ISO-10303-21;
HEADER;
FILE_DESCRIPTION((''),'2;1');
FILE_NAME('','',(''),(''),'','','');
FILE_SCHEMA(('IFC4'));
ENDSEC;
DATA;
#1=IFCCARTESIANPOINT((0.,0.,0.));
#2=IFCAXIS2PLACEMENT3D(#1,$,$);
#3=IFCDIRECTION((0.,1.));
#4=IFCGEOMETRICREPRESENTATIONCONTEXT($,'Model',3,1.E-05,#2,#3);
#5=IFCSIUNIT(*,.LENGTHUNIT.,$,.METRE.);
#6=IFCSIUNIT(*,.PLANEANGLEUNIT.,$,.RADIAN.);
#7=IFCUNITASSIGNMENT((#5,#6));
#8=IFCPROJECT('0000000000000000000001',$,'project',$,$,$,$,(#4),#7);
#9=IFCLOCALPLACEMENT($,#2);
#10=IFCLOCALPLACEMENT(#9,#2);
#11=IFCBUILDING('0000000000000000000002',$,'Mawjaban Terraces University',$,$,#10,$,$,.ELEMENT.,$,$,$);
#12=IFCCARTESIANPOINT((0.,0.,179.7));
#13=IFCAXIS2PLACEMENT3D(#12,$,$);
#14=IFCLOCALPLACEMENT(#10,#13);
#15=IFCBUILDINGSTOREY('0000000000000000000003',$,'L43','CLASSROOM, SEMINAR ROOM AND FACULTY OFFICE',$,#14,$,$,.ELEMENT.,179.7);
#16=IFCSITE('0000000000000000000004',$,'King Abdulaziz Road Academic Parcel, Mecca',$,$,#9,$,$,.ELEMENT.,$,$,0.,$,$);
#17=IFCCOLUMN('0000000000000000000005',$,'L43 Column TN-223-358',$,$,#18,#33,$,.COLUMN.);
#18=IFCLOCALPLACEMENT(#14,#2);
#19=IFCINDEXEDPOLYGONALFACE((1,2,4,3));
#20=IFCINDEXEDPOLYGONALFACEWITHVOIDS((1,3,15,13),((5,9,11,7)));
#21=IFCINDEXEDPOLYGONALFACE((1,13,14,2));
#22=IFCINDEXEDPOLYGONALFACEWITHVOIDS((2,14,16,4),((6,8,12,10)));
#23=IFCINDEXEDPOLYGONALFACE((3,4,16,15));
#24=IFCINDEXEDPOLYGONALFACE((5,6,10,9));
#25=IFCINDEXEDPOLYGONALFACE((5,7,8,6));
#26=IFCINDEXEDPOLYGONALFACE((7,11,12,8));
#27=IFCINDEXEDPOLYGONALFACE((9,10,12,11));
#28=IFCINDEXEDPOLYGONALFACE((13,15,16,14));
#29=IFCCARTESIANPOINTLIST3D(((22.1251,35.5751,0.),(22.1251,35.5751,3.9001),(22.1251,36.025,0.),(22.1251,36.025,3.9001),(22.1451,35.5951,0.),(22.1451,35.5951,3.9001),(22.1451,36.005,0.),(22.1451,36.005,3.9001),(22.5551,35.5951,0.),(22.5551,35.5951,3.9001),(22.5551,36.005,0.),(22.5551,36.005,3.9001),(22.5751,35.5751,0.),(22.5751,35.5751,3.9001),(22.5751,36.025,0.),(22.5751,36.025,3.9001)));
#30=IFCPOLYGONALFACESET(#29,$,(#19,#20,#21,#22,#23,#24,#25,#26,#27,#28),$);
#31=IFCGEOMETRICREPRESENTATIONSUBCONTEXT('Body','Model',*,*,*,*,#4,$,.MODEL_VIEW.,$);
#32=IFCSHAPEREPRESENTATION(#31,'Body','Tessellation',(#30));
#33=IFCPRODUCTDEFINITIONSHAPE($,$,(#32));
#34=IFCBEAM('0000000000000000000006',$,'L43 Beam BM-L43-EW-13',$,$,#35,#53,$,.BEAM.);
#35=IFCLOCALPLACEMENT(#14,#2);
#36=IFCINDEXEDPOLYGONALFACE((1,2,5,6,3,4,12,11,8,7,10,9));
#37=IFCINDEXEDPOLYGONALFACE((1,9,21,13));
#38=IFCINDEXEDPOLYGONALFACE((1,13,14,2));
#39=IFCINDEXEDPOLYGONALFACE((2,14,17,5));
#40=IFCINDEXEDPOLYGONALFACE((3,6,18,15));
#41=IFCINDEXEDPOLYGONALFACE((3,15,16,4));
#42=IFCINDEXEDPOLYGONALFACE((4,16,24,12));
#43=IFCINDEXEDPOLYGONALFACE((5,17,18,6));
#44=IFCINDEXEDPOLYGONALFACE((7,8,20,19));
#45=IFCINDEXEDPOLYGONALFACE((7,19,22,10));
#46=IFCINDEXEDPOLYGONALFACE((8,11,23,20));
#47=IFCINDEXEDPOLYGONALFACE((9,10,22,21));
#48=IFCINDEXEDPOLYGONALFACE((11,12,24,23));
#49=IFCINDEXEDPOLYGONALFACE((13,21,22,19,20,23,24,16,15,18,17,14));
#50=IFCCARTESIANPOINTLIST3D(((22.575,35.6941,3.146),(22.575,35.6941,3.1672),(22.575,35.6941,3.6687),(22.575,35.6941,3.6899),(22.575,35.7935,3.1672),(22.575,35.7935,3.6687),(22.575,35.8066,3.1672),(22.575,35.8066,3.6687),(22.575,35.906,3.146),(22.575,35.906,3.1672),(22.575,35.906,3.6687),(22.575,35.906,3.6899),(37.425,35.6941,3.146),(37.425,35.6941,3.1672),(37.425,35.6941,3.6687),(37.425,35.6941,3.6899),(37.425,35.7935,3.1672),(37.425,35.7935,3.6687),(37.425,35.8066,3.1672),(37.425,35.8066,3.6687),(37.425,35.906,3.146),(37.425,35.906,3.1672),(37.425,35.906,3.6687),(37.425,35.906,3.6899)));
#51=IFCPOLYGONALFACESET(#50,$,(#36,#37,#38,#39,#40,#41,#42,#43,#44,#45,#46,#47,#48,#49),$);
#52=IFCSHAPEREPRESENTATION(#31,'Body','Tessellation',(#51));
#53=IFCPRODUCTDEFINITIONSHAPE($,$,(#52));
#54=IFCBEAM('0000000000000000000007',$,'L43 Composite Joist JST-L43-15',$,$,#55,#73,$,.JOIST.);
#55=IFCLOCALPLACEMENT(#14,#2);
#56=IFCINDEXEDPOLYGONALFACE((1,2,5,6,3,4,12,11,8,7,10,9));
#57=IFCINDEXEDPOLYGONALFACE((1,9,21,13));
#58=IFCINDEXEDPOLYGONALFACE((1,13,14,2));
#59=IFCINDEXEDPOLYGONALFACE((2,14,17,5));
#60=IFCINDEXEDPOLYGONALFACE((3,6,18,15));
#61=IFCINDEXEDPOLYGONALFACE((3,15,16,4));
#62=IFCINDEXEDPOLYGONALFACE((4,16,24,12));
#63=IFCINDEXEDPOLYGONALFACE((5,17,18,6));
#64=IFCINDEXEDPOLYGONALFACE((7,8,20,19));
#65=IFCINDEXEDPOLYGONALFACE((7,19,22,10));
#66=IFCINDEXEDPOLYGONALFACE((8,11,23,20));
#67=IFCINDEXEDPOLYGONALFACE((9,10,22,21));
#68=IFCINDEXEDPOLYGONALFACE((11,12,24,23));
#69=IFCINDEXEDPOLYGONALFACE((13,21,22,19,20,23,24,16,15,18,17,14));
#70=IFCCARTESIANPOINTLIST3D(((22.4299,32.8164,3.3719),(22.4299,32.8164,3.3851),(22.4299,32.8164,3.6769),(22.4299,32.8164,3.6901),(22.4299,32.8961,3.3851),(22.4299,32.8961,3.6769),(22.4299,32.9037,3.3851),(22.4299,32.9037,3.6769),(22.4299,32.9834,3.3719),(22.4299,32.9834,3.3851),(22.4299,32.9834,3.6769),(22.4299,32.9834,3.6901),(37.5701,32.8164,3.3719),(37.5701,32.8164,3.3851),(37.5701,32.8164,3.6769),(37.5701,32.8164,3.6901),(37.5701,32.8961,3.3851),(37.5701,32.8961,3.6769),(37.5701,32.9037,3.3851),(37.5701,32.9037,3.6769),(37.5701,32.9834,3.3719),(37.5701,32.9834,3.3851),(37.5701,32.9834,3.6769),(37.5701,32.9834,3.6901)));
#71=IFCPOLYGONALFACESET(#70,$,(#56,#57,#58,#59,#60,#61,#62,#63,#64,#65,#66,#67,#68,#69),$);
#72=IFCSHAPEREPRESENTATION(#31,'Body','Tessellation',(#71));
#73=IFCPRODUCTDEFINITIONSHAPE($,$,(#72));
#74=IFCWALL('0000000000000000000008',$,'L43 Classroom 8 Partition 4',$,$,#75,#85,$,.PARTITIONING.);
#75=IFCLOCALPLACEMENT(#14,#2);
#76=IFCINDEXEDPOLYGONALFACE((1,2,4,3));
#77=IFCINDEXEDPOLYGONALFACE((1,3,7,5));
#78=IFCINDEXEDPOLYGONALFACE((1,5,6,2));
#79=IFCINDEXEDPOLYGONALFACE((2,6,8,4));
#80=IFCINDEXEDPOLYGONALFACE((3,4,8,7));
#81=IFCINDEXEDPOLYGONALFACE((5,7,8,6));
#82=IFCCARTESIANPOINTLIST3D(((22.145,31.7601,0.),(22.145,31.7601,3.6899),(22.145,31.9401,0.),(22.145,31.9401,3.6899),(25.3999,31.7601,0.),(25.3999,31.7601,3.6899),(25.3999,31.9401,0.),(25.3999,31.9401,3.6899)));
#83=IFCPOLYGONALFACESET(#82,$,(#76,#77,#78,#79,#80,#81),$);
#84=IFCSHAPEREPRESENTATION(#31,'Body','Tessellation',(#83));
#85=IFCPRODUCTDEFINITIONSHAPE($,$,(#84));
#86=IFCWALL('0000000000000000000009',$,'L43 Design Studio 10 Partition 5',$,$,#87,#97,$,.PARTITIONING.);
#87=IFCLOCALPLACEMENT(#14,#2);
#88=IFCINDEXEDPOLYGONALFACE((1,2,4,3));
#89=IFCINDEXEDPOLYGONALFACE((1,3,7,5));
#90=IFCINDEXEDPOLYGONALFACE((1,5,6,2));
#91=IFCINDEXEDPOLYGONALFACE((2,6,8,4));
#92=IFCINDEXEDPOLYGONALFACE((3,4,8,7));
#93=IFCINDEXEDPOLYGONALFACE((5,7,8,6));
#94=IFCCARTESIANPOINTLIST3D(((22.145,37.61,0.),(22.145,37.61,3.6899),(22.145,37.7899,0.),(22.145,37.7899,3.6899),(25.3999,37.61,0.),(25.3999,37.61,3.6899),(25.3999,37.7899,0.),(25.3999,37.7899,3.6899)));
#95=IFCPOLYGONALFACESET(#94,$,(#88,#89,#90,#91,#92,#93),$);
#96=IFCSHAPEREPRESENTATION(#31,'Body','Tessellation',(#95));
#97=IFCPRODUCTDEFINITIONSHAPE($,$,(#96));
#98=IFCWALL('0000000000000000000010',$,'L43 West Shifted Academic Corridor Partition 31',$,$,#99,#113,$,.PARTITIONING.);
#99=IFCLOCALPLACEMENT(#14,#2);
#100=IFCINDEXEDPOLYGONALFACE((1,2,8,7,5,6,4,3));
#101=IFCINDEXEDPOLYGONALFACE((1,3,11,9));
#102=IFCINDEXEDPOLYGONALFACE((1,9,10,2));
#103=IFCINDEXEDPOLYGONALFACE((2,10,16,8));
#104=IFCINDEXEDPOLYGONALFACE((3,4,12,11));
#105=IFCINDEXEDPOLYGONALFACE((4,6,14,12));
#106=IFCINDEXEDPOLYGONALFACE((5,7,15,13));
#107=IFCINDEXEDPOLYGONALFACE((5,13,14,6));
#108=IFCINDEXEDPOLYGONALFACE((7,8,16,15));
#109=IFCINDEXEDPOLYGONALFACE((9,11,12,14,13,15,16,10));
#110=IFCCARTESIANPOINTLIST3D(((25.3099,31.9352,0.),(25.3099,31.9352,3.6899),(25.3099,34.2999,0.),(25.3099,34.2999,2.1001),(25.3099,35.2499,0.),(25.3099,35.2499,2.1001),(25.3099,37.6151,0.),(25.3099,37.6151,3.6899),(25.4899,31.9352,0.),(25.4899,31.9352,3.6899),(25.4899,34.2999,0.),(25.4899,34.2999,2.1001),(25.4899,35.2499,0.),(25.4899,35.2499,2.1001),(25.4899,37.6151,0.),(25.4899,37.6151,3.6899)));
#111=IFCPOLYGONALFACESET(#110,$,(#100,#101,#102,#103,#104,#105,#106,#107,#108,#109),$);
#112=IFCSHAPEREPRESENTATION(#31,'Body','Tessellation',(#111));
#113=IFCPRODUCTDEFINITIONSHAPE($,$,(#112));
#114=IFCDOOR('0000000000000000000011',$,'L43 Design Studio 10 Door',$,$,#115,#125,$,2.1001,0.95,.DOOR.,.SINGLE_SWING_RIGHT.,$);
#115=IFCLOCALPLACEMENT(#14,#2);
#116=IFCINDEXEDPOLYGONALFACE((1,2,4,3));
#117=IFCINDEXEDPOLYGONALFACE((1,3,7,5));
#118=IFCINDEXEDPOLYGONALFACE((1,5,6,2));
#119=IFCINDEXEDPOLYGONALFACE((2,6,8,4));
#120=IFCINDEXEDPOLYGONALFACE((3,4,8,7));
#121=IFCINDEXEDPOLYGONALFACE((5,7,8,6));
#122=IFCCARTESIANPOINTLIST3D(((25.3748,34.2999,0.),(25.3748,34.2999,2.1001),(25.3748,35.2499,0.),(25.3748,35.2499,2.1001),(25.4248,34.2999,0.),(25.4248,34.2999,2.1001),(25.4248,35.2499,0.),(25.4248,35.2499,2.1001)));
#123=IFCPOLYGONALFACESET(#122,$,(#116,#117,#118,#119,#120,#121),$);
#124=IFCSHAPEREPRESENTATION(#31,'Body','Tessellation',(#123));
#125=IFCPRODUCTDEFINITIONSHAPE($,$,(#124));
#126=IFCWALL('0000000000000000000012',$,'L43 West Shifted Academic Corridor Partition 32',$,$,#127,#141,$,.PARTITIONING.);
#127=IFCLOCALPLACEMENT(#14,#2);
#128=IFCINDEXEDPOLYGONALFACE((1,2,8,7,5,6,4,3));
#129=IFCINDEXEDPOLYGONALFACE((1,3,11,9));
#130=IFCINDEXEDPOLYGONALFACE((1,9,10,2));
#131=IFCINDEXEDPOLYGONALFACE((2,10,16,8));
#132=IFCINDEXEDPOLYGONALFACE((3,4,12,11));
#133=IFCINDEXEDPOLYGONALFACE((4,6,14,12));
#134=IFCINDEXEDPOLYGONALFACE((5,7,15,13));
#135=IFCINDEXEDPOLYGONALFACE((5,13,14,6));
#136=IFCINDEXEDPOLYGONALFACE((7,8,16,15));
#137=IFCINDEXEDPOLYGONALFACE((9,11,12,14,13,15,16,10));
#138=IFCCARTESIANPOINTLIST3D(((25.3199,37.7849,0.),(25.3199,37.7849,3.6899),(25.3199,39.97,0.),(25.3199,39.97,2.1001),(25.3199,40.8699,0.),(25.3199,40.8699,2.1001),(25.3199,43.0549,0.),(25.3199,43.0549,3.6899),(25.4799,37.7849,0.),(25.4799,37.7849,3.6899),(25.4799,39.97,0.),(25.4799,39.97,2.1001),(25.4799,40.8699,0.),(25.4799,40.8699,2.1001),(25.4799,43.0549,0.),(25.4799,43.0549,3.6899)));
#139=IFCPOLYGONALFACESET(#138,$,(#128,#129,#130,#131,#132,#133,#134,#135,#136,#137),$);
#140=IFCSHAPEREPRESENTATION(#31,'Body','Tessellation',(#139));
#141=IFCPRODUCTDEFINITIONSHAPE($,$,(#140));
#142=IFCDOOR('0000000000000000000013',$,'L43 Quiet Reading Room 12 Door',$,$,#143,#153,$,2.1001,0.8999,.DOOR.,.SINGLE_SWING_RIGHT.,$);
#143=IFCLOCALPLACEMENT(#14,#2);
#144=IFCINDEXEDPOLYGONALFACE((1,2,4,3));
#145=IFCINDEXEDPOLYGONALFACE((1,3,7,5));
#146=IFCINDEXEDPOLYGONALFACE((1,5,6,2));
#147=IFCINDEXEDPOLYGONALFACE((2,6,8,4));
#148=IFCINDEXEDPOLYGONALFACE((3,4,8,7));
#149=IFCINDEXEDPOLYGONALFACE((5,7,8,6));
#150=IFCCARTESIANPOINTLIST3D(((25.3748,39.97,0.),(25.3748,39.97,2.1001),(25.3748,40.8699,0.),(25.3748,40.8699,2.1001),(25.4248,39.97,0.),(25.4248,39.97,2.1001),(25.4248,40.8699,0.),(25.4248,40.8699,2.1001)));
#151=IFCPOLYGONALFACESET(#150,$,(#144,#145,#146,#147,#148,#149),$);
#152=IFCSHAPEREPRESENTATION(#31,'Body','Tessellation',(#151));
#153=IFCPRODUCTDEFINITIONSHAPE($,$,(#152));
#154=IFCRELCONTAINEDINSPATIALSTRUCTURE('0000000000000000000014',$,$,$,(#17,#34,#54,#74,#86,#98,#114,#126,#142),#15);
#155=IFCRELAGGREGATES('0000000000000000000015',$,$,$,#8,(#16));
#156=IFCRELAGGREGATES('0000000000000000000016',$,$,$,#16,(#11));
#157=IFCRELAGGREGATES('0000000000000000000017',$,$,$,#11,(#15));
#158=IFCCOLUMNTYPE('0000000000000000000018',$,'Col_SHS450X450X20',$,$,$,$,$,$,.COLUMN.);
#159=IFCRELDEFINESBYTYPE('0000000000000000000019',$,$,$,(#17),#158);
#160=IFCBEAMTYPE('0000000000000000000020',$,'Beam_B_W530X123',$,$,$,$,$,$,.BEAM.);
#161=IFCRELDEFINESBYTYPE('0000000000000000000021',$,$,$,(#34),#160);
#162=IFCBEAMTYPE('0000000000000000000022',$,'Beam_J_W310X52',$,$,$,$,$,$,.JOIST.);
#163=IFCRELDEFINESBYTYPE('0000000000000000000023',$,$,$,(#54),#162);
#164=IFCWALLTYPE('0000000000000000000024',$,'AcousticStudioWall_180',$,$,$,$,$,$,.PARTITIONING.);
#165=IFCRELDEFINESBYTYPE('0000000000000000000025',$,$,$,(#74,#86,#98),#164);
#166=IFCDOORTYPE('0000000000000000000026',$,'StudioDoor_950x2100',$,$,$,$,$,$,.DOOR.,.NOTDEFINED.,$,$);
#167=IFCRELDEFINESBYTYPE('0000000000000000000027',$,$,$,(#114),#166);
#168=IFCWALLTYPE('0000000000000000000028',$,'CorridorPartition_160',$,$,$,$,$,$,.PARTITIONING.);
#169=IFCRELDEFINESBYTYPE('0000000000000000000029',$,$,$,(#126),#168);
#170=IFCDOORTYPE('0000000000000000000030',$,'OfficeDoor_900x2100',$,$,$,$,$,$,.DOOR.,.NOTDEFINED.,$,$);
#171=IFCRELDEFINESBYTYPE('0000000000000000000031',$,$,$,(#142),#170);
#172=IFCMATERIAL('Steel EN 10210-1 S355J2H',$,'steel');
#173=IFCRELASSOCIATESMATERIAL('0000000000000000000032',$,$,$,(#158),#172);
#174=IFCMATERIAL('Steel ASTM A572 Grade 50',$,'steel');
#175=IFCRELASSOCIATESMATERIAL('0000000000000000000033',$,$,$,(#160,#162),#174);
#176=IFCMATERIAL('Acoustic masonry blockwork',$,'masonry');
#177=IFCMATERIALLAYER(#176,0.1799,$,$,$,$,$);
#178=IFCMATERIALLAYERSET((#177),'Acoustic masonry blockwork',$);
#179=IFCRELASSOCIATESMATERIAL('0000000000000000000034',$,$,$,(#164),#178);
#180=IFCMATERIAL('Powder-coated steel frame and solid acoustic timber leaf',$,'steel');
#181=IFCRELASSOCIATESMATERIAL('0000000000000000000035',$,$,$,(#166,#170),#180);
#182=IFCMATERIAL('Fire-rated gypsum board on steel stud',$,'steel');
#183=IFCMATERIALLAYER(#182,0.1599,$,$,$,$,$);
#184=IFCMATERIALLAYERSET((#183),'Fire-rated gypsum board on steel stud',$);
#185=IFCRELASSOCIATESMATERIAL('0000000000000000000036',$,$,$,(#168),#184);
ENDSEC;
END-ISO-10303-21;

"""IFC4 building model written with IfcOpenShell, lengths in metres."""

from ifc_helpers import new_model, si_unit, direction, frame, frame_2d, origin, origin_2d, place, context, subcontext, project, spatial, rectangle, hollow_rectangle, i_section, extrude, material, layer, layer_set, material_profile, profile_set, type_object, element, fill, save


model = new_model("IFC4")

# Units and contexts
model_context = context("Model", 3, precision=1e-05, world=origin(), true_north=direction((0.0, 1.0)))
body_context = subcontext(model_context, "Body", "Model", "MODEL_VIEW")
ifc_project = project(units=[si_unit("LENGTHUNIT", "METRE"), si_unit("PLANEANGLEUNIT", "RADIAN")], contexts=[model_context])

# Site, building, storey
site_placement = place(None, origin())
site = spatial("IfcSite", under=ifc_project, at=site_placement, Name="King Abdulaziz Road Academic Parcel, Mecca", CompositionType="ELEMENT", RefElevation=0.0)
building_placement = place(site_placement, origin())
building = spatial("IfcBuilding", under=site, at=building_placement, Name="Mawjaban Terraces University", CompositionType="ELEMENT")
storey_placement = place(building_placement, frame((0.0, 0.0, 179.7)))
storey = spatial("IfcBuildingStorey", under=building, at=storey_placement, Name="L43", Description="CLASSROOM, SEMINAR ROOM AND FACULTY OFFICE", CompositionType="ELEMENT", Elevation=179.7)

# Column
ifc_material_1 = material(Name="Steel EN 10210-1 S355J2H", Category="steel")
ifc_material_profile_1 = material_profile(ifc_material_1, hollow_rectangle(XDim=0.45, YDim=0.45, WallThickness=0.02, at=origin_2d()), Name="SHS450X450X20")
ifc_profile_set_1 = profile_set([ifc_material_profile_1], Name="Steel EN 10210-1 S355J2H")
column_type = type_object("IfcColumnType", Name="Col_SHS450X450X20", PredefinedType="COLUMN", material=ifc_profile_set_1)
column_placement = place(storey_placement, frame((22.3501, 35.8, 0.0), z_axis=(0.0, 0.0, 1.0), x_axis=(1.0, 0.0, 0.0)))
element("IfcColumn", 1, at=column_placement, inside=storey, type_object=column_type, Name="L43 Column TN-223-358", PredefinedType="COLUMN", context=body_context, shape_type="SweptSolid", body=[
    extrude(hollow_rectangle(XDim=0.45, YDim=0.45, WallThickness=0.02, at=origin_2d()), origin(), (0.0, 0.0, 1.0), 3.9001),
])

# Beams
ifc_material_2 = material(Name="Steel ASTM A572 Grade 50", Category="steel")
ifc_material_profile_2 = material_profile(ifc_material_2, i_section(OverallWidth=0.2119, OverallDepth=0.5439, WebThickness=0.0132, FlangeThickness=0.0212, at=origin_2d()), Name="W530X123")
ifc_profile_set_2 = profile_set([ifc_material_profile_2], Name="Steel ASTM A572 Grade 50")
beam_type_1 = type_object("IfcBeamType", Name="Beam_B_W530X123", PredefinedType="BEAM", material=ifc_profile_set_2)
beam_1_placement = place(storey_placement, frame((22.575, 35.8, 3.418), z_axis=(1.0, 0.0, 0.0), x_axis=(0.0, 1.0, 0.0)))
element("IfcBeam", 2, at=beam_1_placement, inside=storey, type_object=beam_type_1, Name="L43 Beam BM-L43-EW-13", PredefinedType="BEAM", context=body_context, shape_type="SweptSolid", body=[
    extrude(i_section(OverallWidth=0.2119, OverallDepth=0.5439, WebThickness=0.0132, FlangeThickness=0.0212, at=origin_2d()), origin(), (0.0, 0.0, 1.0), 14.8501),
])
ifc_material_profile_3 = material_profile(ifc_material_2, i_section(OverallWidth=0.167, OverallDepth=0.3181, WebThickness=0.0076, FlangeThickness=0.0132, at=origin_2d()), Name="W310X52")
ifc_profile_set_3 = profile_set([ifc_material_profile_3], Name="Steel ASTM A572 Grade 50")
beam_type_2 = type_object("IfcBeamType", Name="Beam_J_W310X52", PredefinedType="JOIST", material=ifc_profile_set_3)
beam_2_placement = place(storey_placement, frame((22.4299, 32.8999, 3.531), z_axis=(1.0, 0.0, 0.0), x_axis=(0.0, 1.0, 0.0)))
element("IfcBeam", 3, at=beam_2_placement, inside=storey, type_object=beam_type_2, Name="L43 Composite Joist JST-L43-15", PredefinedType="JOIST", context=body_context, shape_type="SweptSolid", body=[
    extrude(i_section(OverallWidth=0.167, OverallDepth=0.3181, WebThickness=0.0076, FlangeThickness=0.0132, at=origin_2d()), origin(), (0.0, 0.0, 1.0), 15.1401),
])

# Walls
ifc_material_3 = material(Name="Acoustic masonry blockwork", Category="masonry")
ifc_layer_1 = layer(ifc_material_3, 0.1799)
ifc_layer_set_1 = layer_set([ifc_layer_1], Name="Acoustic masonry blockwork")
wall_type_1 = type_object("IfcWallType", Name="AcousticStudioWall_180", PredefinedType="PARTITIONING", material=ifc_layer_set_1)
for number, where, z_axis, x_axis, name in (
    (4, (25.3999, 31.8501, 0.0), (0.0, 0.0, 1.0), (-1.0, 0.0, 0.0), "L43 Classroom 8 Partition 4"),
    (5, (25.3999, 37.7, 0.0), (0.0, 0.0, 1.0), (-1.0, 0.0, 0.0), "L43 Design Studio 10 Partition 5"),
):
    element("IfcWall", number, at=place(storey_placement, frame(where, z_axis=z_axis, x_axis=x_axis)), inside=storey, type_object=wall_type_1, Name=name, PredefinedType="PARTITIONING", context=body_context, shape_type="SweptSolid", body=[
        extrude(rectangle(XDim=3.2549, YDim=0.1799, at=frame_2d((1.6274, 0.0))), origin(), (0.0, 0.0, 1.0), 3.6899),
    ])

# Walls, openings, doors
wall_1_placement = place(storey_placement, frame((25.3999, 37.615, 0.0), z_axis=(0.0, 0.0, 1.0), x_axis=(0.0, -1.0, 0.0)))
wall_1 = element("IfcWall", 6, at=wall_1_placement, inside=storey, type_object=wall_type_1, Name="L43 West Shifted Academic Corridor Partition 31", PredefinedType="PARTITIONING", context=body_context, shape_type="SweptSolid", body=[
    extrude(rectangle(XDim=5.6799, YDim=0.1799, at=frame_2d((2.8398, 0.0))), origin(), (0.0, 0.0, 1.0), 3.6899),
])
opening_1_placement = place(wall_1_placement, frame((2.365, 0.0, 0.0)))
opening_1 = element("IfcOpeningElement", 7, at=opening_1_placement, cuts=wall_1, PredefinedType="OPENING", context=body_context, shape_type="SweptSolid", body=[
    extrude(rectangle(XDim=0.95, YDim=2.1001, at=frame_2d((0.4751, 1.05))), frame((0.0, 0.0999, 0.0), z_axis=(0.0, -1.0, 0.0), x_axis=(1.0, 0.0, 0.0)), (0.0, 0.0, 1.0), 0.2),
])
ifc_material_4 = material(Name="Powder-coated steel frame and solid acoustic timber leaf", Category="steel")
door_type_1 = type_object("IfcDoorType", Name="StudioDoor_950x2100", OperationType="NOTDEFINED", PredefinedType="DOOR", material=ifc_material_4)
door_1_placement = place(opening_1_placement, origin())
door_1 = element("IfcDoor", 8, at=door_1_placement, inside=storey, type_object=door_type_1, Name="L43 Design Studio 10 Door", OperationType="SINGLE_SWING_RIGHT", OverallHeight=2.1001, OverallWidth=0.95, PredefinedType="DOOR", context=body_context, shape_type="SweptSolid", body=[
    extrude(rectangle(XDim=0.95, YDim=2.1001, at=frame_2d((0.4751, 1.05))), frame((0.0, 0.0249, 0.0), z_axis=(0.0, -1.0, 0.0), x_axis=(1.0, 0.0, 0.0)), (0.0, 0.0, 1.0), 0.05),
])
fill(opening_1, door_1)
ifc_material_5 = material(Name="Fire-rated gypsum board on steel stud", Category="steel")
ifc_layer_2 = layer(ifc_material_5, 0.1599)
ifc_layer_set_2 = layer_set([ifc_layer_2], Name="Fire-rated gypsum board on steel stud")
wall_type_2 = type_object("IfcWallType", Name="CorridorPartition_160", PredefinedType="PARTITIONING", material=ifc_layer_set_2)
wall_2_placement = place(storey_placement, frame((25.3999, 43.0549, 0.0), z_axis=(0.0, 0.0, 1.0), x_axis=(0.0, -1.0, 0.0)))
wall_2 = element("IfcWall", 9, at=wall_2_placement, inside=storey, type_object=wall_type_2, Name="L43 West Shifted Academic Corridor Partition 32", PredefinedType="PARTITIONING", context=body_context, shape_type="SweptSolid", body=[
    extrude(rectangle(XDim=5.27, YDim=0.1599, at=frame_2d((2.635, 0.0))), origin(), (0.0, 0.0, 1.0), 3.6899),
])
opening_2_placement = place(wall_2_placement, frame((2.1851, 0.0, 0.0)))
opening_2 = element("IfcOpeningElement", 10, at=opening_2_placement, cuts=wall_2, PredefinedType="OPENING", context=body_context, shape_type="SweptSolid", body=[
    extrude(rectangle(XDim=0.8999, YDim=2.1001, at=frame_2d((0.45, 1.05))), frame((0.0, 0.0898, 0.0), z_axis=(0.0, -1.0, 0.0), x_axis=(1.0, 0.0, 0.0)), (0.0, 0.0, 1.0), 0.1799),
])
door_type_2 = type_object("IfcDoorType", Name="OfficeDoor_900x2100", OperationType="NOTDEFINED", PredefinedType="DOOR", material=ifc_material_4)
door_2_placement = place(opening_2_placement, origin())
door_2 = element("IfcDoor", 11, at=door_2_placement, inside=storey, type_object=door_type_2, Name="L43 Quiet Reading Room 12 Door", OperationType="SINGLE_SWING_RIGHT", OverallHeight=2.1001, OverallWidth=0.8999, PredefinedType="DOOR", context=body_context, shape_type="SweptSolid", body=[
    extrude(rectangle(XDim=0.8999, YDim=2.1001, at=frame_2d((0.45, 1.05))), frame((0.0, 0.0249, 0.0), z_axis=(0.0, -1.0, 0.0), x_axis=(1.0, 0.0, 0.0)), (0.0, 0.0, 1.0), 0.05),
])
fill(opening_2, door_2)

save(model, "model.ifc")
